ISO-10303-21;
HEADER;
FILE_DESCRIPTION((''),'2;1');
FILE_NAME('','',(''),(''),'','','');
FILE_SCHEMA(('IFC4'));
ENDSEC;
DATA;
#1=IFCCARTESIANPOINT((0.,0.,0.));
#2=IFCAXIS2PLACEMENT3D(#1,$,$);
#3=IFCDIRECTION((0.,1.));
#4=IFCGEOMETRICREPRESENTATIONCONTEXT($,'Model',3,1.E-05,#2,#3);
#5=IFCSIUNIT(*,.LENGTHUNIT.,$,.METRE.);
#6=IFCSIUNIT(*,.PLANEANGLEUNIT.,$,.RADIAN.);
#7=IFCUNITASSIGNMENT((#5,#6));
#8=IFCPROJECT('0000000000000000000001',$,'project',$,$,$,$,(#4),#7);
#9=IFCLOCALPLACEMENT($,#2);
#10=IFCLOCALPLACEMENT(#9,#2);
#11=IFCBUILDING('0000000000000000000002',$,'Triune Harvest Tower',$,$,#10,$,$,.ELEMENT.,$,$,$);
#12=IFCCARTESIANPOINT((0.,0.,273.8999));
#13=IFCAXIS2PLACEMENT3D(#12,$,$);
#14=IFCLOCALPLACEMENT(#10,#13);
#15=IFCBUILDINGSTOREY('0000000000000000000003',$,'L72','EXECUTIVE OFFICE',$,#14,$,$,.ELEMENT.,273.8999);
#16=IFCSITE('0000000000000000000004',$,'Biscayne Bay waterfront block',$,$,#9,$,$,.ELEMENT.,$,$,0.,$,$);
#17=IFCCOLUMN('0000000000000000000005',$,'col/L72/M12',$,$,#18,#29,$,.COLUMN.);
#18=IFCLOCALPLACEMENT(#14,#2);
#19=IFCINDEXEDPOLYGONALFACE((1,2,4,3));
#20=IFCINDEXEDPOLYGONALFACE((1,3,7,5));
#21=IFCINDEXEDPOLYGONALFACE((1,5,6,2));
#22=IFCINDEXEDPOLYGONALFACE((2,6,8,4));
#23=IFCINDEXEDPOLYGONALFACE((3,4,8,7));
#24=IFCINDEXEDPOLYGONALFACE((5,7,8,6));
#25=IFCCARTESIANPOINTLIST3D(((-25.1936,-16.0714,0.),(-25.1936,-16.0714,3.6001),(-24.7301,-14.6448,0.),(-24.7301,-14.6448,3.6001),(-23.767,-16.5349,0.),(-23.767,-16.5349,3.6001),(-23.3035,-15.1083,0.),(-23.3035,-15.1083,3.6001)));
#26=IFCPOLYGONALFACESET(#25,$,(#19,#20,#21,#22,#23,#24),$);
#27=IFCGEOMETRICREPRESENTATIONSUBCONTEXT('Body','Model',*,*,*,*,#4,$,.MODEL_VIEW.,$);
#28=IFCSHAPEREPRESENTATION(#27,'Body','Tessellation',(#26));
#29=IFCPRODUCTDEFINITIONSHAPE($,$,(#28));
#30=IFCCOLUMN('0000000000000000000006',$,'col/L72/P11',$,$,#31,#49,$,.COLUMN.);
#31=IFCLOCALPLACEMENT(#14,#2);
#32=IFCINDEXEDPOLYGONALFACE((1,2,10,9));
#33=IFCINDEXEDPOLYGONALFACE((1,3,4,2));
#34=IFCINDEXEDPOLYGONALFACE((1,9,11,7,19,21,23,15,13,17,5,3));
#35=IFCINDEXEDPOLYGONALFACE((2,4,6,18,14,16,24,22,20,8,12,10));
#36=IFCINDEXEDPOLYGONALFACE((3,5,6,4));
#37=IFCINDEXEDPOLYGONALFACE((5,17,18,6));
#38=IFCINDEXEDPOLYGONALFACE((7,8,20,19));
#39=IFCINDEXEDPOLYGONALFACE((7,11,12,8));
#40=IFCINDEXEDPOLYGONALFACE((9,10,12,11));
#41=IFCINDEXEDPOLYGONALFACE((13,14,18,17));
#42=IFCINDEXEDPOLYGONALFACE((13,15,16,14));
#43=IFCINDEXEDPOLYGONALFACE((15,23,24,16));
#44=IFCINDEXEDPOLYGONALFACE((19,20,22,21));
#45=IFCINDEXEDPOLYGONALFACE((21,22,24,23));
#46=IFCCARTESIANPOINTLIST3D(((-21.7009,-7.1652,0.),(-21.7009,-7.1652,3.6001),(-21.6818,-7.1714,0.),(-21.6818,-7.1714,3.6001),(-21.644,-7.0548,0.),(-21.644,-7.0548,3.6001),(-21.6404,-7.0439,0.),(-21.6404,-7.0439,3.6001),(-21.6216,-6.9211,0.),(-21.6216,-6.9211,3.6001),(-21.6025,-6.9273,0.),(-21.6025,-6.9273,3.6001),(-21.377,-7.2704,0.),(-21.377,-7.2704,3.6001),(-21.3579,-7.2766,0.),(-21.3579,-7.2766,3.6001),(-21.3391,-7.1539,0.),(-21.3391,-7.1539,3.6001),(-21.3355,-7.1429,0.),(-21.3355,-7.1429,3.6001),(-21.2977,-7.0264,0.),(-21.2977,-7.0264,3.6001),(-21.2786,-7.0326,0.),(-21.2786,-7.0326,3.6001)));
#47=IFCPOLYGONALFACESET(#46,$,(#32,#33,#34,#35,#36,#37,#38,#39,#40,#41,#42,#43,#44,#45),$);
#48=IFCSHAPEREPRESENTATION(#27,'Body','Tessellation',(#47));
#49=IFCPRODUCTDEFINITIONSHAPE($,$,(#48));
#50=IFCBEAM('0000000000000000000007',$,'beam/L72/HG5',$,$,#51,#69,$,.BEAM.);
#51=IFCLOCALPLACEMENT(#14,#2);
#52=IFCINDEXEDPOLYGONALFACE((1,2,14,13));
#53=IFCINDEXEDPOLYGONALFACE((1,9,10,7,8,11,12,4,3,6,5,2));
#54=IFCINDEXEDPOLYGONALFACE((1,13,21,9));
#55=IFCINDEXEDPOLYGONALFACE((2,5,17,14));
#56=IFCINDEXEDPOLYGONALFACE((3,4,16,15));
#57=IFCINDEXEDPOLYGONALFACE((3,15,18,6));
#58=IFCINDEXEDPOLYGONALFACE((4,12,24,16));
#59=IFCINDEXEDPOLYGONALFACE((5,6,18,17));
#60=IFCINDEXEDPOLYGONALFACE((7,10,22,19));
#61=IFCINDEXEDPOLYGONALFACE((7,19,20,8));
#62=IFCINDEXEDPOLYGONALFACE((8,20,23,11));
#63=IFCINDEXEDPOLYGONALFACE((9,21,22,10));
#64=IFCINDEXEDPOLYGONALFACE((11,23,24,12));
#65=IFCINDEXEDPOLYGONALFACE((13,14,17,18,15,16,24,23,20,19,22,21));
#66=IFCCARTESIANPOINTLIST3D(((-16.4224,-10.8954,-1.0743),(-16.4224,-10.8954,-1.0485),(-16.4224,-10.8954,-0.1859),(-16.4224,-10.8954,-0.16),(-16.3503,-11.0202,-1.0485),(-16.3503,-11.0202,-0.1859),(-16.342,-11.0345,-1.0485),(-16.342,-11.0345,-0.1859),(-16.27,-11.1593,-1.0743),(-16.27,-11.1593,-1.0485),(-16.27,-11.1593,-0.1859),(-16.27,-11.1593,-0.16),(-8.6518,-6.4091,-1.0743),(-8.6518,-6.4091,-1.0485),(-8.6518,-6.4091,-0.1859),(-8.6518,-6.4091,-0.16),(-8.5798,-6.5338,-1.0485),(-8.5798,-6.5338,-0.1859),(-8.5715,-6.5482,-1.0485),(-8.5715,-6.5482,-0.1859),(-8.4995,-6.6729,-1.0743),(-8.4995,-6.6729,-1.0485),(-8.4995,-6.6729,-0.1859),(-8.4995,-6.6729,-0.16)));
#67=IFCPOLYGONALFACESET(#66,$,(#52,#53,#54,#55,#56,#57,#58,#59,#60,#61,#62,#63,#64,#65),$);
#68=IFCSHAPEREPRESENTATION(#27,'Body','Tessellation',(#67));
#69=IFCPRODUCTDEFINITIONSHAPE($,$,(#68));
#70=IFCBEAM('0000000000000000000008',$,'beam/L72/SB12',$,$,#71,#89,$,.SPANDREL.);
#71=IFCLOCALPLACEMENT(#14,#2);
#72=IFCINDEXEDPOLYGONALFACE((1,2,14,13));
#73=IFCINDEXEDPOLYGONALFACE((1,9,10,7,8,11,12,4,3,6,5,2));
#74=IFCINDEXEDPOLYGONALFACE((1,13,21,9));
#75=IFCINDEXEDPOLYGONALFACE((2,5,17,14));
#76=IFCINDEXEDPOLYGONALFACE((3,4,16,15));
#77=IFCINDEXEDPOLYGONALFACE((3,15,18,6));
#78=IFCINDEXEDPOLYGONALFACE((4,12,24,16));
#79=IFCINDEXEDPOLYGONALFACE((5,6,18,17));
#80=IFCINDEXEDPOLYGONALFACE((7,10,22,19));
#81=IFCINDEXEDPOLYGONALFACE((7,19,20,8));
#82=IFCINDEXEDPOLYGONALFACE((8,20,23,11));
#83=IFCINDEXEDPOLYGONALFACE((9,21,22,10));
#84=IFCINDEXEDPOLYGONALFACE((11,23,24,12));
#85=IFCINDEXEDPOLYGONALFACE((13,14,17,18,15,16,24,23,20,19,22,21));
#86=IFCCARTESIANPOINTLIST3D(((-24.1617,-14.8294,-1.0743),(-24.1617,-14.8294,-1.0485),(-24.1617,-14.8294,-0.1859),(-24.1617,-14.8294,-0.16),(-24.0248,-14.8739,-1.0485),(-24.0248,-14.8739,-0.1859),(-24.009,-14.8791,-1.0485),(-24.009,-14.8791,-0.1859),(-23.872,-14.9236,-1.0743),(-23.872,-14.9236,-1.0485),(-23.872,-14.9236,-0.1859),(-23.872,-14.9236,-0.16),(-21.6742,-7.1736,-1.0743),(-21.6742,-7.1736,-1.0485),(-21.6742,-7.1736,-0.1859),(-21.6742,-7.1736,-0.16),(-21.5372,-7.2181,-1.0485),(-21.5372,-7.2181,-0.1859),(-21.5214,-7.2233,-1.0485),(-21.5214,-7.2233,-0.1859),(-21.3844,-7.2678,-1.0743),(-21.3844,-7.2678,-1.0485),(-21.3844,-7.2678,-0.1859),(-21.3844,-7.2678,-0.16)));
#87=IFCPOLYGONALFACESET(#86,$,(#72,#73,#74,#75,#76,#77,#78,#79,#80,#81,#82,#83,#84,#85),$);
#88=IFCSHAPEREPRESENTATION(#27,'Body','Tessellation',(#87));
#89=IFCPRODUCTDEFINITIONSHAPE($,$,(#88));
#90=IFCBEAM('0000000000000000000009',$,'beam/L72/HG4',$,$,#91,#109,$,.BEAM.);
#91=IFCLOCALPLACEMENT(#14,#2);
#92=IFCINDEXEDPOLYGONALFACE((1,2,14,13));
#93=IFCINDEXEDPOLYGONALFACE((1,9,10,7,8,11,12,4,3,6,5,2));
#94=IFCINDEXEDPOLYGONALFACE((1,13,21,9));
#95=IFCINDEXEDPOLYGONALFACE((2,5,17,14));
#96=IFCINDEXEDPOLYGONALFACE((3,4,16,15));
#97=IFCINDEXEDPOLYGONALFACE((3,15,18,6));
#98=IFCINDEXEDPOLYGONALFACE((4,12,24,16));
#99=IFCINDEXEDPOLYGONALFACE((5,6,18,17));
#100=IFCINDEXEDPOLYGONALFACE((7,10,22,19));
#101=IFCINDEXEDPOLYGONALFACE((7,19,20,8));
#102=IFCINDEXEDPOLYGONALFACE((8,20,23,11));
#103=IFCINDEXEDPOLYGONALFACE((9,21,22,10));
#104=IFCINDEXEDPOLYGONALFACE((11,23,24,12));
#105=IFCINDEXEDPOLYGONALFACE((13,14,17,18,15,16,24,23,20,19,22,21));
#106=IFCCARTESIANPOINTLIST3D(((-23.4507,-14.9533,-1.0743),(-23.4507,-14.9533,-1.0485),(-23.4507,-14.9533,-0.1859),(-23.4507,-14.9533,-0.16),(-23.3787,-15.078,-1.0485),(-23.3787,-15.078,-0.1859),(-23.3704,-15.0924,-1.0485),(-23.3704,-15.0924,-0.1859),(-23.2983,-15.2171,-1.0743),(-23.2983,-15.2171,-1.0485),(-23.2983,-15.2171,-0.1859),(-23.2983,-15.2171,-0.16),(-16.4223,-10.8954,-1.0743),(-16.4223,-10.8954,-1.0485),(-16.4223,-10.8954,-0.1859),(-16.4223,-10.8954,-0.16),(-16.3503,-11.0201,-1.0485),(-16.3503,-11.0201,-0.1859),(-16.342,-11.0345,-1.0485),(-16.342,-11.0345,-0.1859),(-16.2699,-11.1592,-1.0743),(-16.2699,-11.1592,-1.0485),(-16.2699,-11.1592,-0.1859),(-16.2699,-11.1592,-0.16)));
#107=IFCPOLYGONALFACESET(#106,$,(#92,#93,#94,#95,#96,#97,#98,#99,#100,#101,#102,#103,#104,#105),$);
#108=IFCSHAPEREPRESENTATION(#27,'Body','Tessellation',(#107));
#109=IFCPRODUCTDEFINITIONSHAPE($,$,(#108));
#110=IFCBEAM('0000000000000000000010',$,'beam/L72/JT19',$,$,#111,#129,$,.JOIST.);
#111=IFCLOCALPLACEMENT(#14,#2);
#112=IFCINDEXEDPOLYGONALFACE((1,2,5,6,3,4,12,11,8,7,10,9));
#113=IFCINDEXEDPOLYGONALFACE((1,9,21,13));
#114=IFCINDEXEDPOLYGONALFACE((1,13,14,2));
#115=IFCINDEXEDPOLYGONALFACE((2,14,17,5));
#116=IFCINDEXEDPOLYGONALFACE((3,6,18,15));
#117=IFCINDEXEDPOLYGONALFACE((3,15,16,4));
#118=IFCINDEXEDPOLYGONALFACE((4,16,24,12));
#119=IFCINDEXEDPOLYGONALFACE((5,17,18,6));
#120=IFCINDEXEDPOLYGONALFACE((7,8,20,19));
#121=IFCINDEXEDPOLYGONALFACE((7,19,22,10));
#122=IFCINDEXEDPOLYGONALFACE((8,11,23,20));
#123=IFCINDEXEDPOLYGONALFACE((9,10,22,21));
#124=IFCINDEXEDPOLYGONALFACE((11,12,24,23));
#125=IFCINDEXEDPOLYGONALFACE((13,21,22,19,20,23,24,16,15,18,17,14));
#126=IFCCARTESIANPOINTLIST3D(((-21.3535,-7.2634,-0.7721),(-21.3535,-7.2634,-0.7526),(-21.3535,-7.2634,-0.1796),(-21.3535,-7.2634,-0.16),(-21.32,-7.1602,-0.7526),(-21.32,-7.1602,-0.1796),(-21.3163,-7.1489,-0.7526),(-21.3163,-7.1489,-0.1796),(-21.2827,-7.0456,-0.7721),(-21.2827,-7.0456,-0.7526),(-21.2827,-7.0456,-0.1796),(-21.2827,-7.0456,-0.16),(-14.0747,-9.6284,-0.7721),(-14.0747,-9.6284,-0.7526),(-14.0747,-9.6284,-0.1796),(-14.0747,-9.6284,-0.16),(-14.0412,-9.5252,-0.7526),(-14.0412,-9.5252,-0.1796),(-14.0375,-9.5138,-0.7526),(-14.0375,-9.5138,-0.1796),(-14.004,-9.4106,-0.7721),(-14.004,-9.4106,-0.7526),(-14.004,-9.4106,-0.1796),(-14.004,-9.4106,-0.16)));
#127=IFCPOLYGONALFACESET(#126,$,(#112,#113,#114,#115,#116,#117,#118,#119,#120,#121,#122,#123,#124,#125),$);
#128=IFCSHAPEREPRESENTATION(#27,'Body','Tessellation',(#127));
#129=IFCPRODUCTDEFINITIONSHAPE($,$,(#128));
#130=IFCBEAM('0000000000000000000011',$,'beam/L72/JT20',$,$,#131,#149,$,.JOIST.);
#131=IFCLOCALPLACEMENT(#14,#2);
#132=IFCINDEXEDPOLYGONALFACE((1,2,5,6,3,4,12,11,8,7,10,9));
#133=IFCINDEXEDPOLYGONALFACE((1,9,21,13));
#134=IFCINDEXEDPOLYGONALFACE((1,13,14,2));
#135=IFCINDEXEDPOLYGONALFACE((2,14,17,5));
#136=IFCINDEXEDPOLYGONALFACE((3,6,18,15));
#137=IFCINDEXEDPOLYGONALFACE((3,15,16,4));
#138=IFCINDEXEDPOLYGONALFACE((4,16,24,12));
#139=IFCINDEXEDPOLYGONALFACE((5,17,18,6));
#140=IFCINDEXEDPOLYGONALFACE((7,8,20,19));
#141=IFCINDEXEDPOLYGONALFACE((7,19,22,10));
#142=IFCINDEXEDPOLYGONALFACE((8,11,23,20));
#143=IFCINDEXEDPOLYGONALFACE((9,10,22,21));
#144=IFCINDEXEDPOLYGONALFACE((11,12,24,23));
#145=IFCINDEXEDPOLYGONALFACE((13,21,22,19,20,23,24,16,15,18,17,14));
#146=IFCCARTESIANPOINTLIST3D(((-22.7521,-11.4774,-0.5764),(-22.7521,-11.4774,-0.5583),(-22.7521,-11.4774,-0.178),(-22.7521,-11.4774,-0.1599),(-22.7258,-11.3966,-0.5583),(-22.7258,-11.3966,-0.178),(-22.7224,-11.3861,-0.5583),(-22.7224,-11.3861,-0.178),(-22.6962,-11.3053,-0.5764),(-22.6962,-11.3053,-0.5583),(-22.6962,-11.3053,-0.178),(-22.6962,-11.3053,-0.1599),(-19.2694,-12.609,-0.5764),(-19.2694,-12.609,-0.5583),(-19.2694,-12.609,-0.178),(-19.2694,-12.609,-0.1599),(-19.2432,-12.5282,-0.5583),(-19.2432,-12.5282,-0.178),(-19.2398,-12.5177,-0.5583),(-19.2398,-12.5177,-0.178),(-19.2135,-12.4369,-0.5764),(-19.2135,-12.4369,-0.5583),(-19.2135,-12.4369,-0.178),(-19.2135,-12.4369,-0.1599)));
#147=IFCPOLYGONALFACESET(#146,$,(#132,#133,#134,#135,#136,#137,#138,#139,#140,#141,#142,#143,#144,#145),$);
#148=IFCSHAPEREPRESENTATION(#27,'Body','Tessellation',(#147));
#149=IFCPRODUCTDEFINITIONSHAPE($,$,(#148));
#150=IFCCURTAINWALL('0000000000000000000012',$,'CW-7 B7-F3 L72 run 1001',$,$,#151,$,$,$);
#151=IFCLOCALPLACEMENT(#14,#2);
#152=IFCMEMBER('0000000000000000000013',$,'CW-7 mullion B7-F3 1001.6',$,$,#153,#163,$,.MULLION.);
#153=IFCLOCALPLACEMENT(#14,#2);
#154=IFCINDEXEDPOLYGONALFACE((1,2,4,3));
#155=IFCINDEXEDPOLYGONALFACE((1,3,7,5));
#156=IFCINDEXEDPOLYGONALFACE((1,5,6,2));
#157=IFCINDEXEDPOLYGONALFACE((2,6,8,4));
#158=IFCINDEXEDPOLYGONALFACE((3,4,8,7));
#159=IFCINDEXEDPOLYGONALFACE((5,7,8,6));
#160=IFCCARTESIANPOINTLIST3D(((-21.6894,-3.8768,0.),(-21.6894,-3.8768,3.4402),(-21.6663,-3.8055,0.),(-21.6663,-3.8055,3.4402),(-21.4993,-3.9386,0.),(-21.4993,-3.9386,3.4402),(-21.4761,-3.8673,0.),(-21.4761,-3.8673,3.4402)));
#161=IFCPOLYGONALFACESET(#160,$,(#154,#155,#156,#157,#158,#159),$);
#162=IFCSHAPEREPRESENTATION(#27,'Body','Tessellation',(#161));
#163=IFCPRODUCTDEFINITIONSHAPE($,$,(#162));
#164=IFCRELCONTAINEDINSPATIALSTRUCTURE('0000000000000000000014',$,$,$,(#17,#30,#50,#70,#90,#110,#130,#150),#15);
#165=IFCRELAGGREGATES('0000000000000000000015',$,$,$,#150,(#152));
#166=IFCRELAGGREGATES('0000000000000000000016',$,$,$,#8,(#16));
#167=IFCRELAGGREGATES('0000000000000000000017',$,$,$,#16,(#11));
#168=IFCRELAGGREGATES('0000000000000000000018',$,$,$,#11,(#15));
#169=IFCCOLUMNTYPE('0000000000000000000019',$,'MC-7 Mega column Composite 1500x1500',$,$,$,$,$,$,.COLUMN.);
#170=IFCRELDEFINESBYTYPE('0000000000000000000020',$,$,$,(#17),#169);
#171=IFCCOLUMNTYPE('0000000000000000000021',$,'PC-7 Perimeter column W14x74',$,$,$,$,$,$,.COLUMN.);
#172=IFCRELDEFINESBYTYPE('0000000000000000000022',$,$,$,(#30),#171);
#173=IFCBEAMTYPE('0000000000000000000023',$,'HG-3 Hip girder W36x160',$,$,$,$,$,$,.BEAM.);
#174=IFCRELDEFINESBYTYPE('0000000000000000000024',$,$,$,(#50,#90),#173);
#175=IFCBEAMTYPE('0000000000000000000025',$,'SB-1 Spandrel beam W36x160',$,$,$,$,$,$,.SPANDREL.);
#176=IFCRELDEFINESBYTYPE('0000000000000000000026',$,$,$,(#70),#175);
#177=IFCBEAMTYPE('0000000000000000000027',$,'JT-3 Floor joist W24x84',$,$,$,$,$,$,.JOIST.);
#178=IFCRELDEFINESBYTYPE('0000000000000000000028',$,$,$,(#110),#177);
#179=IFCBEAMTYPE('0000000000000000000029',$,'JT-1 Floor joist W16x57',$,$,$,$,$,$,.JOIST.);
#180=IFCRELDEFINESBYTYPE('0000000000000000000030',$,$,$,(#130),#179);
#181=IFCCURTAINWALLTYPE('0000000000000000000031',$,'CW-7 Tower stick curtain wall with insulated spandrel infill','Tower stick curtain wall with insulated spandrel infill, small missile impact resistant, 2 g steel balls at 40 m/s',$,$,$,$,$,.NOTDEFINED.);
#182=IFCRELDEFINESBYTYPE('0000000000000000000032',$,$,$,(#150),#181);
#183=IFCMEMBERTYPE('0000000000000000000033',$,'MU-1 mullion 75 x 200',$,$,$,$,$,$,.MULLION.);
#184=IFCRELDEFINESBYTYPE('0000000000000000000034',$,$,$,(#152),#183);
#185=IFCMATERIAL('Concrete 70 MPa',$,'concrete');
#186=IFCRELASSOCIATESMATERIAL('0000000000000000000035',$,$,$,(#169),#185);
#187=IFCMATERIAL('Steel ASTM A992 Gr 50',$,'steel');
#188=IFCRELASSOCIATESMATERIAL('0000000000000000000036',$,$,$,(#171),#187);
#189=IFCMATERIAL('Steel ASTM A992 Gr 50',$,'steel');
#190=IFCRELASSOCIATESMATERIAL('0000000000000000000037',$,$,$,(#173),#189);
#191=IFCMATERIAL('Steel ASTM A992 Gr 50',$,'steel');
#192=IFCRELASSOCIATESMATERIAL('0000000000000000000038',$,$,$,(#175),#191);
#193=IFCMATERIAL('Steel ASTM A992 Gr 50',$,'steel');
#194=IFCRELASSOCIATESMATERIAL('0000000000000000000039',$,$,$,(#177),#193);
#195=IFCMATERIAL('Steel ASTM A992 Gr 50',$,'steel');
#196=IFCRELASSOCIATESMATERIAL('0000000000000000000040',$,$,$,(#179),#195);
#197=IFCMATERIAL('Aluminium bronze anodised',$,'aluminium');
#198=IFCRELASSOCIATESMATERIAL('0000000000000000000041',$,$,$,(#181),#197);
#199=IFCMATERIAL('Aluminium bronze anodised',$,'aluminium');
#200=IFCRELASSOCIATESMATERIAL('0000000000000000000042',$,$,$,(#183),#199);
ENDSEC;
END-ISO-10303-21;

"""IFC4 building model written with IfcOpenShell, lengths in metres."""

from ifc_helpers import new_model, si_unit, direction, frame, origin, origin_2d, place, context, subcontext, project, spatial, rectangle, i_section, extrude, source, transform, mapped, material, material_profile, profile_set, type_object, element, aggregate, save


model = new_model("IFC4")

# Units and contexts
model_context = context("Model", 3, precision=1e-05, world=origin(), true_north=direction((0.0, 1.0)))
body_context = subcontext(model_context, "Body", "Model", "MODEL_VIEW")
ifc_project = project(units=[si_unit("LENGTHUNIT", "METRE"), si_unit("PLANEANGLEUNIT", "RADIAN")], contexts=[model_context])

# Site, building, storey
site_placement = place(None, origin())
site = spatial("IfcSite", under=ifc_project, at=site_placement, Name="Biscayne Bay waterfront block", CompositionType="ELEMENT", RefElevation=0.0)
building_placement = place(site_placement, origin())
building = spatial("IfcBuilding", under=site, at=building_placement, Name="Triune Harvest Tower", CompositionType="ELEMENT")
storey_placement = place(building_placement, frame((0.0, 0.0, 273.8999)))
storey = spatial("IfcBuildingStorey", under=building, at=storey_placement, Name="L72", Description="EXECUTIVE OFFICE", CompositionType="ELEMENT", Elevation=273.8999)

# Columns
ifc_material_1 = material(Name="Concrete 70 MPa", Category="concrete")
ifc_material_profile_1 = material_profile(ifc_material_1, rectangle(XDim=1.5, YDim=1.5, at=origin_2d()), Name="Composite 1500x1500")
ifc_profile_set_1 = profile_set([ifc_material_profile_1], Name="Concrete 70 MPa")
column_type_1 = type_object("IfcColumnType", Name="MC-7 Mega column Composite 1500x1500", PredefinedType="COLUMN", material=ifc_profile_set_1)
shared_shape_1 = source(origin(), body_context, "Body", "SweptSolid", [
    extrude(rectangle(XDim=1.5, YDim=1.5, at=origin_2d()), origin(), (0.0, 0.0, 1.0), 3.6001),
])
column_1_placement = place(storey_placement, frame((-24.2485, -15.5898, 0.0), z_axis=(0.0, 0.0, 1.0), x_axis=(-0.309015, -0.951057, 0.0)))
element("IfcColumn", 1, at=column_1_placement, inside=storey, type_object=column_type_1, Name="col/L72/M12", PredefinedType="COLUMN", context=body_context, shape_type="MappedRepresentation", body=[
    mapped(shared_shape_1, transform((0.0, 0.0, 0.0), scale=1.0)),
])
ifc_material_2 = material(Name="Steel ASTM A992 Gr 50", Category="steel")
ifc_material_profile_2 = material_profile(ifc_material_2, i_section(OverallWidth=0.2566, OverallDepth=0.3606, WebThickness=0.0115, FlangeThickness=0.02, at=origin_2d()), Name="W14x74")
ifc_profile_set_2 = profile_set([ifc_material_profile_2], Name="Steel ASTM A992 Gr 50")
column_type_2 = type_object("IfcColumnType", Name="PC-7 Perimeter column W14x74", PredefinedType="COLUMN", material=ifc_profile_set_2)
shared_shape_2 = source(origin(), body_context, "Body", "SweptSolid", [
    extrude(i_section(OverallWidth=0.2566, OverallDepth=0.3606, WebThickness=0.0115, FlangeThickness=0.02, at=origin_2d()), origin(), (0.0, 0.0, 1.0), 3.6001),
])
column_2_placement = place(storey_placement, frame((-21.4897, -7.0989, 0.0), z_axis=(0.0, 0.0, 1.0), x_axis=(-0.309015, -0.951057, 0.0)))
element("IfcColumn", 2, at=column_2_placement, inside=storey, type_object=column_type_2, Name="col/L72/P11", PredefinedType="COLUMN", context=body_context, shape_type="MappedRepresentation", body=[
    mapped(shared_shape_2, transform((0.0, 0.0, 0.0), scale=1.0)),
])

# Beams
ifc_material_3 = material(Name="Steel ASTM A992 Gr 50", Category="steel")
ifc_material_profile_3 = material_profile(ifc_material_3, i_section(OverallWidth=0.3047, OverallDepth=0.9143, WebThickness=0.0166, FlangeThickness=0.0259, at=origin_2d()), Name="W36x160")
ifc_profile_set_3 = profile_set([ifc_material_profile_3], Name="Steel ASTM A992 Gr 50")
beam_type_1 = type_object("IfcBeamType", Name="HG-3 Hip girder W36x160", PredefinedType="BEAM", material=ifc_profile_set_3)
shared_shape_3 = source(origin(), body_context, "Body", "SweptSolid", [
    extrude(i_section(OverallWidth=0.3047, OverallDepth=0.9143, WebThickness=0.0166, FlangeThickness=0.0259, at=origin_2d()), origin(), (0.0, 0.0, 1.0), 8.9727),
])
beam_1_placement = place(storey_placement, frame((-16.3462, -11.0273, -0.6172), z_axis=(0.866024, 0.500002, 0.0), x_axis=(-0.500002, 0.866024, 0.0)))
element("IfcBeam", 3, at=beam_1_placement, inside=storey, type_object=beam_type_1, Name="beam/L72/HG5", PredefinedType="BEAM", context=body_context, shape_type="MappedRepresentation", body=[
    mapped(shared_shape_3, transform((0.0, 0.0, 0.0), scale=1.0)),
])
ifc_material_4 = material(Name="Steel ASTM A992 Gr 50", Category="steel")
ifc_material_profile_4 = material_profile(ifc_material_4, i_section(OverallWidth=0.3047, OverallDepth=0.9143, WebThickness=0.0166, FlangeThickness=0.0259, at=origin_2d()), Name="W36x160")
ifc_profile_set_4 = profile_set([ifc_material_profile_4], Name="Steel ASTM A992 Gr 50")
beam_type_2 = type_object("IfcBeamType", Name="SB-1 Spandrel beam W36x160", PredefinedType="SPANDREL", material=ifc_profile_set_4)
shared_shape_4 = source(origin(), body_context, "Body", "SweptSolid", [
    extrude(i_section(OverallWidth=0.3047, OverallDepth=0.9143, WebThickness=0.0166, FlangeThickness=0.0259, at=origin_2d()), origin(), (0.0, 0.0, 1.0), 8.0498),
])
beam_2_placement = place(storey_placement, frame((-21.5293, -7.2207, -0.6172), z_axis=(-0.309022, -0.951055, 0.0), x_axis=(0.951055, -0.309022, 0.0)))
element("IfcBeam", 4, at=beam_2_placement, inside=storey, type_object=beam_type_2, Name="beam/L72/SB12", PredefinedType="SPANDREL", context=body_context, shape_type="MappedRepresentation", body=[
    mapped(shared_shape_4, transform((0.0, 0.0, 0.0), scale=1.0)),
])
shared_shape_5 = source(origin(), body_context, "Body", "SweptSolid", [
    extrude(i_section(OverallWidth=0.3047, OverallDepth=0.9143, WebThickness=0.0166, FlangeThickness=0.0259, at=origin_2d()), origin(), (0.0, 0.0, 1.0), 8.1157),
])
beam_3_placement = place(storey_placement, frame((-23.3745, -15.0852, -0.6172), z_axis=(0.866022, 0.500005, 0.0), x_axis=(-0.500005, 0.866022, 0.0)))
element("IfcBeam", 5, at=beam_3_placement, inside=storey, type_object=beam_type_1, Name="beam/L72/HG4", PredefinedType="BEAM", context=body_context, shape_type="MappedRepresentation", body=[
    mapped(shared_shape_5, transform((0.0, 0.0, 0.0), scale=1.0)),
])
ifc_material_5 = material(Name="Steel ASTM A992 Gr 50", Category="steel")
ifc_material_profile_5 = material_profile(ifc_material_5, i_section(OverallWidth=0.229, OverallDepth=0.6121, WebThickness=0.012, FlangeThickness=0.0195, at=origin_2d()), Name="W24x84")
ifc_profile_set_5 = profile_set([ifc_material_profile_5], Name="Steel ASTM A992 Gr 50")
beam_type_3 = type_object("IfcBeamType", Name="JT-3 Floor joist W24x84", PredefinedType="JOIST", material=ifc_profile_set_5)
shared_shape_6 = source(origin(), body_context, "Body", "SweptSolid", [
    extrude(i_section(OverallWidth=0.229, OverallDepth=0.6121, WebThickness=0.012, FlangeThickness=0.0195, at=origin_2d()), origin(), (0.0, 0.0, 1.0), 7.6533),
])
beam_4_placement = place(storey_placement, frame((-21.3181, -7.1545, -0.4661), z_axis=(0.951058, -0.309012, 0.0), x_axis=(0.309012, 0.951058, 0.0)))
element("IfcBeam", 6, at=beam_4_placement, inside=storey, type_object=beam_type_3, Name="beam/L72/JT19", PredefinedType="JOIST", context=body_context, shape_type="MappedRepresentation", body=[
    mapped(shared_shape_6, transform((0.0, 0.0, 0.0), scale=1.0)),
])
ifc_material_6 = material(Name="Steel ASTM A992 Gr 50", Category="steel")
ifc_material_profile_6 = material_profile(ifc_material_6, i_section(OverallWidth=0.1809, OverallDepth=0.4165, WebThickness=0.011, FlangeThickness=0.0181, at=origin_2d()), Name="W16x57")
ifc_profile_set_6 = profile_set([ifc_material_profile_6], Name="Steel ASTM A992 Gr 50")
beam_type_4 = type_object("IfcBeamType", Name="JT-1 Floor joist W16x57", PredefinedType="JOIST", material=ifc_profile_set_6)
shared_shape_7 = source(origin(), body_context, "Body", "SweptSolid", [
    extrude(i_section(OverallWidth=0.1809, OverallDepth=0.4165, WebThickness=0.011, FlangeThickness=0.0181, at=origin_2d()), origin(), (0.0, 0.0, 1.0), 3.6619),
])
beam_5_placement = place(storey_placement, frame((-22.7241, -11.3914, -0.3682), z_axis=(0.951056, -0.309018, 0.0), x_axis=(0.309018, 0.951056, 0.0)))
element("IfcBeam", 7, at=beam_5_placement, inside=storey, type_object=beam_type_4, Name="beam/L72/JT20", PredefinedType="JOIST", context=body_context, shape_type="MappedRepresentation", body=[
    mapped(shared_shape_7, transform((0.0, 0.0, 0.0), scale=1.0)),
])

# Curtain wall, member
ifc_material_7 = material(Name="Aluminium bronze anodised", Category="aluminium")
curtain_wall_type_1 = type_object("IfcCurtainWallType", Name="CW-7 Tower stick curtain wall with insulated spandrel infill", Description="Tower stick curtain wall with insulated spandrel infill, small missile impact resistant, 2 g steel balls at 40 m/s", PredefinedType="NOTDEFINED", material=ifc_material_7)
curtain_wall_1_placement = place(storey_placement, origin())
curtain_wall_1 = element("IfcCurtainWall", 8, at=curtain_wall_1_placement, inside=storey, type_object=curtain_wall_type_1, Name="CW-7 B7-F3 L72 run 1001")
ifc_material_8 = material(Name="Aluminium bronze anodised", Category="aluminium")
ifc_material_profile_7 = material_profile(ifc_material_8, rectangle(XDim=0.2, YDim=0.075, at=origin_2d()), Name="MU-1 mullion 75 x 200")
ifc_profile_set_7 = profile_set([ifc_material_profile_7], Name="Aluminium bronze anodised")
member_type_1 = type_object("IfcMemberType", Name="MU-1 mullion 75 x 200", PredefinedType="MULLION", material=ifc_profile_set_7)
shared_shape_8 = source(origin(), body_context, "Body", "SweptSolid", [
    extrude(rectangle(XDim=0.2, YDim=0.075, at=origin_2d()), origin(), (0.0, 0.0, 1.0), 3.4402),
])
member_1_placement = place(storey_placement, frame((-21.5828, -3.8721, 0.0), z_axis=(0.0, 0.0, 1.0), x_axis=(0.951056, -0.30902, 0.0)))
member_1 = element("IfcMember", 9, at=member_1_placement, type_object=member_type_1, Name="CW-7 mullion B7-F3 1001.6", PredefinedType="MULLION", context=body_context, shape_type="MappedRepresentation", body=[
    mapped(shared_shape_8, transform((0.0, 0.0, 0.0), scale=1.0)),
])
aggregate(curtain_wall_1, [member_1])

save(model, "model.ifc")
